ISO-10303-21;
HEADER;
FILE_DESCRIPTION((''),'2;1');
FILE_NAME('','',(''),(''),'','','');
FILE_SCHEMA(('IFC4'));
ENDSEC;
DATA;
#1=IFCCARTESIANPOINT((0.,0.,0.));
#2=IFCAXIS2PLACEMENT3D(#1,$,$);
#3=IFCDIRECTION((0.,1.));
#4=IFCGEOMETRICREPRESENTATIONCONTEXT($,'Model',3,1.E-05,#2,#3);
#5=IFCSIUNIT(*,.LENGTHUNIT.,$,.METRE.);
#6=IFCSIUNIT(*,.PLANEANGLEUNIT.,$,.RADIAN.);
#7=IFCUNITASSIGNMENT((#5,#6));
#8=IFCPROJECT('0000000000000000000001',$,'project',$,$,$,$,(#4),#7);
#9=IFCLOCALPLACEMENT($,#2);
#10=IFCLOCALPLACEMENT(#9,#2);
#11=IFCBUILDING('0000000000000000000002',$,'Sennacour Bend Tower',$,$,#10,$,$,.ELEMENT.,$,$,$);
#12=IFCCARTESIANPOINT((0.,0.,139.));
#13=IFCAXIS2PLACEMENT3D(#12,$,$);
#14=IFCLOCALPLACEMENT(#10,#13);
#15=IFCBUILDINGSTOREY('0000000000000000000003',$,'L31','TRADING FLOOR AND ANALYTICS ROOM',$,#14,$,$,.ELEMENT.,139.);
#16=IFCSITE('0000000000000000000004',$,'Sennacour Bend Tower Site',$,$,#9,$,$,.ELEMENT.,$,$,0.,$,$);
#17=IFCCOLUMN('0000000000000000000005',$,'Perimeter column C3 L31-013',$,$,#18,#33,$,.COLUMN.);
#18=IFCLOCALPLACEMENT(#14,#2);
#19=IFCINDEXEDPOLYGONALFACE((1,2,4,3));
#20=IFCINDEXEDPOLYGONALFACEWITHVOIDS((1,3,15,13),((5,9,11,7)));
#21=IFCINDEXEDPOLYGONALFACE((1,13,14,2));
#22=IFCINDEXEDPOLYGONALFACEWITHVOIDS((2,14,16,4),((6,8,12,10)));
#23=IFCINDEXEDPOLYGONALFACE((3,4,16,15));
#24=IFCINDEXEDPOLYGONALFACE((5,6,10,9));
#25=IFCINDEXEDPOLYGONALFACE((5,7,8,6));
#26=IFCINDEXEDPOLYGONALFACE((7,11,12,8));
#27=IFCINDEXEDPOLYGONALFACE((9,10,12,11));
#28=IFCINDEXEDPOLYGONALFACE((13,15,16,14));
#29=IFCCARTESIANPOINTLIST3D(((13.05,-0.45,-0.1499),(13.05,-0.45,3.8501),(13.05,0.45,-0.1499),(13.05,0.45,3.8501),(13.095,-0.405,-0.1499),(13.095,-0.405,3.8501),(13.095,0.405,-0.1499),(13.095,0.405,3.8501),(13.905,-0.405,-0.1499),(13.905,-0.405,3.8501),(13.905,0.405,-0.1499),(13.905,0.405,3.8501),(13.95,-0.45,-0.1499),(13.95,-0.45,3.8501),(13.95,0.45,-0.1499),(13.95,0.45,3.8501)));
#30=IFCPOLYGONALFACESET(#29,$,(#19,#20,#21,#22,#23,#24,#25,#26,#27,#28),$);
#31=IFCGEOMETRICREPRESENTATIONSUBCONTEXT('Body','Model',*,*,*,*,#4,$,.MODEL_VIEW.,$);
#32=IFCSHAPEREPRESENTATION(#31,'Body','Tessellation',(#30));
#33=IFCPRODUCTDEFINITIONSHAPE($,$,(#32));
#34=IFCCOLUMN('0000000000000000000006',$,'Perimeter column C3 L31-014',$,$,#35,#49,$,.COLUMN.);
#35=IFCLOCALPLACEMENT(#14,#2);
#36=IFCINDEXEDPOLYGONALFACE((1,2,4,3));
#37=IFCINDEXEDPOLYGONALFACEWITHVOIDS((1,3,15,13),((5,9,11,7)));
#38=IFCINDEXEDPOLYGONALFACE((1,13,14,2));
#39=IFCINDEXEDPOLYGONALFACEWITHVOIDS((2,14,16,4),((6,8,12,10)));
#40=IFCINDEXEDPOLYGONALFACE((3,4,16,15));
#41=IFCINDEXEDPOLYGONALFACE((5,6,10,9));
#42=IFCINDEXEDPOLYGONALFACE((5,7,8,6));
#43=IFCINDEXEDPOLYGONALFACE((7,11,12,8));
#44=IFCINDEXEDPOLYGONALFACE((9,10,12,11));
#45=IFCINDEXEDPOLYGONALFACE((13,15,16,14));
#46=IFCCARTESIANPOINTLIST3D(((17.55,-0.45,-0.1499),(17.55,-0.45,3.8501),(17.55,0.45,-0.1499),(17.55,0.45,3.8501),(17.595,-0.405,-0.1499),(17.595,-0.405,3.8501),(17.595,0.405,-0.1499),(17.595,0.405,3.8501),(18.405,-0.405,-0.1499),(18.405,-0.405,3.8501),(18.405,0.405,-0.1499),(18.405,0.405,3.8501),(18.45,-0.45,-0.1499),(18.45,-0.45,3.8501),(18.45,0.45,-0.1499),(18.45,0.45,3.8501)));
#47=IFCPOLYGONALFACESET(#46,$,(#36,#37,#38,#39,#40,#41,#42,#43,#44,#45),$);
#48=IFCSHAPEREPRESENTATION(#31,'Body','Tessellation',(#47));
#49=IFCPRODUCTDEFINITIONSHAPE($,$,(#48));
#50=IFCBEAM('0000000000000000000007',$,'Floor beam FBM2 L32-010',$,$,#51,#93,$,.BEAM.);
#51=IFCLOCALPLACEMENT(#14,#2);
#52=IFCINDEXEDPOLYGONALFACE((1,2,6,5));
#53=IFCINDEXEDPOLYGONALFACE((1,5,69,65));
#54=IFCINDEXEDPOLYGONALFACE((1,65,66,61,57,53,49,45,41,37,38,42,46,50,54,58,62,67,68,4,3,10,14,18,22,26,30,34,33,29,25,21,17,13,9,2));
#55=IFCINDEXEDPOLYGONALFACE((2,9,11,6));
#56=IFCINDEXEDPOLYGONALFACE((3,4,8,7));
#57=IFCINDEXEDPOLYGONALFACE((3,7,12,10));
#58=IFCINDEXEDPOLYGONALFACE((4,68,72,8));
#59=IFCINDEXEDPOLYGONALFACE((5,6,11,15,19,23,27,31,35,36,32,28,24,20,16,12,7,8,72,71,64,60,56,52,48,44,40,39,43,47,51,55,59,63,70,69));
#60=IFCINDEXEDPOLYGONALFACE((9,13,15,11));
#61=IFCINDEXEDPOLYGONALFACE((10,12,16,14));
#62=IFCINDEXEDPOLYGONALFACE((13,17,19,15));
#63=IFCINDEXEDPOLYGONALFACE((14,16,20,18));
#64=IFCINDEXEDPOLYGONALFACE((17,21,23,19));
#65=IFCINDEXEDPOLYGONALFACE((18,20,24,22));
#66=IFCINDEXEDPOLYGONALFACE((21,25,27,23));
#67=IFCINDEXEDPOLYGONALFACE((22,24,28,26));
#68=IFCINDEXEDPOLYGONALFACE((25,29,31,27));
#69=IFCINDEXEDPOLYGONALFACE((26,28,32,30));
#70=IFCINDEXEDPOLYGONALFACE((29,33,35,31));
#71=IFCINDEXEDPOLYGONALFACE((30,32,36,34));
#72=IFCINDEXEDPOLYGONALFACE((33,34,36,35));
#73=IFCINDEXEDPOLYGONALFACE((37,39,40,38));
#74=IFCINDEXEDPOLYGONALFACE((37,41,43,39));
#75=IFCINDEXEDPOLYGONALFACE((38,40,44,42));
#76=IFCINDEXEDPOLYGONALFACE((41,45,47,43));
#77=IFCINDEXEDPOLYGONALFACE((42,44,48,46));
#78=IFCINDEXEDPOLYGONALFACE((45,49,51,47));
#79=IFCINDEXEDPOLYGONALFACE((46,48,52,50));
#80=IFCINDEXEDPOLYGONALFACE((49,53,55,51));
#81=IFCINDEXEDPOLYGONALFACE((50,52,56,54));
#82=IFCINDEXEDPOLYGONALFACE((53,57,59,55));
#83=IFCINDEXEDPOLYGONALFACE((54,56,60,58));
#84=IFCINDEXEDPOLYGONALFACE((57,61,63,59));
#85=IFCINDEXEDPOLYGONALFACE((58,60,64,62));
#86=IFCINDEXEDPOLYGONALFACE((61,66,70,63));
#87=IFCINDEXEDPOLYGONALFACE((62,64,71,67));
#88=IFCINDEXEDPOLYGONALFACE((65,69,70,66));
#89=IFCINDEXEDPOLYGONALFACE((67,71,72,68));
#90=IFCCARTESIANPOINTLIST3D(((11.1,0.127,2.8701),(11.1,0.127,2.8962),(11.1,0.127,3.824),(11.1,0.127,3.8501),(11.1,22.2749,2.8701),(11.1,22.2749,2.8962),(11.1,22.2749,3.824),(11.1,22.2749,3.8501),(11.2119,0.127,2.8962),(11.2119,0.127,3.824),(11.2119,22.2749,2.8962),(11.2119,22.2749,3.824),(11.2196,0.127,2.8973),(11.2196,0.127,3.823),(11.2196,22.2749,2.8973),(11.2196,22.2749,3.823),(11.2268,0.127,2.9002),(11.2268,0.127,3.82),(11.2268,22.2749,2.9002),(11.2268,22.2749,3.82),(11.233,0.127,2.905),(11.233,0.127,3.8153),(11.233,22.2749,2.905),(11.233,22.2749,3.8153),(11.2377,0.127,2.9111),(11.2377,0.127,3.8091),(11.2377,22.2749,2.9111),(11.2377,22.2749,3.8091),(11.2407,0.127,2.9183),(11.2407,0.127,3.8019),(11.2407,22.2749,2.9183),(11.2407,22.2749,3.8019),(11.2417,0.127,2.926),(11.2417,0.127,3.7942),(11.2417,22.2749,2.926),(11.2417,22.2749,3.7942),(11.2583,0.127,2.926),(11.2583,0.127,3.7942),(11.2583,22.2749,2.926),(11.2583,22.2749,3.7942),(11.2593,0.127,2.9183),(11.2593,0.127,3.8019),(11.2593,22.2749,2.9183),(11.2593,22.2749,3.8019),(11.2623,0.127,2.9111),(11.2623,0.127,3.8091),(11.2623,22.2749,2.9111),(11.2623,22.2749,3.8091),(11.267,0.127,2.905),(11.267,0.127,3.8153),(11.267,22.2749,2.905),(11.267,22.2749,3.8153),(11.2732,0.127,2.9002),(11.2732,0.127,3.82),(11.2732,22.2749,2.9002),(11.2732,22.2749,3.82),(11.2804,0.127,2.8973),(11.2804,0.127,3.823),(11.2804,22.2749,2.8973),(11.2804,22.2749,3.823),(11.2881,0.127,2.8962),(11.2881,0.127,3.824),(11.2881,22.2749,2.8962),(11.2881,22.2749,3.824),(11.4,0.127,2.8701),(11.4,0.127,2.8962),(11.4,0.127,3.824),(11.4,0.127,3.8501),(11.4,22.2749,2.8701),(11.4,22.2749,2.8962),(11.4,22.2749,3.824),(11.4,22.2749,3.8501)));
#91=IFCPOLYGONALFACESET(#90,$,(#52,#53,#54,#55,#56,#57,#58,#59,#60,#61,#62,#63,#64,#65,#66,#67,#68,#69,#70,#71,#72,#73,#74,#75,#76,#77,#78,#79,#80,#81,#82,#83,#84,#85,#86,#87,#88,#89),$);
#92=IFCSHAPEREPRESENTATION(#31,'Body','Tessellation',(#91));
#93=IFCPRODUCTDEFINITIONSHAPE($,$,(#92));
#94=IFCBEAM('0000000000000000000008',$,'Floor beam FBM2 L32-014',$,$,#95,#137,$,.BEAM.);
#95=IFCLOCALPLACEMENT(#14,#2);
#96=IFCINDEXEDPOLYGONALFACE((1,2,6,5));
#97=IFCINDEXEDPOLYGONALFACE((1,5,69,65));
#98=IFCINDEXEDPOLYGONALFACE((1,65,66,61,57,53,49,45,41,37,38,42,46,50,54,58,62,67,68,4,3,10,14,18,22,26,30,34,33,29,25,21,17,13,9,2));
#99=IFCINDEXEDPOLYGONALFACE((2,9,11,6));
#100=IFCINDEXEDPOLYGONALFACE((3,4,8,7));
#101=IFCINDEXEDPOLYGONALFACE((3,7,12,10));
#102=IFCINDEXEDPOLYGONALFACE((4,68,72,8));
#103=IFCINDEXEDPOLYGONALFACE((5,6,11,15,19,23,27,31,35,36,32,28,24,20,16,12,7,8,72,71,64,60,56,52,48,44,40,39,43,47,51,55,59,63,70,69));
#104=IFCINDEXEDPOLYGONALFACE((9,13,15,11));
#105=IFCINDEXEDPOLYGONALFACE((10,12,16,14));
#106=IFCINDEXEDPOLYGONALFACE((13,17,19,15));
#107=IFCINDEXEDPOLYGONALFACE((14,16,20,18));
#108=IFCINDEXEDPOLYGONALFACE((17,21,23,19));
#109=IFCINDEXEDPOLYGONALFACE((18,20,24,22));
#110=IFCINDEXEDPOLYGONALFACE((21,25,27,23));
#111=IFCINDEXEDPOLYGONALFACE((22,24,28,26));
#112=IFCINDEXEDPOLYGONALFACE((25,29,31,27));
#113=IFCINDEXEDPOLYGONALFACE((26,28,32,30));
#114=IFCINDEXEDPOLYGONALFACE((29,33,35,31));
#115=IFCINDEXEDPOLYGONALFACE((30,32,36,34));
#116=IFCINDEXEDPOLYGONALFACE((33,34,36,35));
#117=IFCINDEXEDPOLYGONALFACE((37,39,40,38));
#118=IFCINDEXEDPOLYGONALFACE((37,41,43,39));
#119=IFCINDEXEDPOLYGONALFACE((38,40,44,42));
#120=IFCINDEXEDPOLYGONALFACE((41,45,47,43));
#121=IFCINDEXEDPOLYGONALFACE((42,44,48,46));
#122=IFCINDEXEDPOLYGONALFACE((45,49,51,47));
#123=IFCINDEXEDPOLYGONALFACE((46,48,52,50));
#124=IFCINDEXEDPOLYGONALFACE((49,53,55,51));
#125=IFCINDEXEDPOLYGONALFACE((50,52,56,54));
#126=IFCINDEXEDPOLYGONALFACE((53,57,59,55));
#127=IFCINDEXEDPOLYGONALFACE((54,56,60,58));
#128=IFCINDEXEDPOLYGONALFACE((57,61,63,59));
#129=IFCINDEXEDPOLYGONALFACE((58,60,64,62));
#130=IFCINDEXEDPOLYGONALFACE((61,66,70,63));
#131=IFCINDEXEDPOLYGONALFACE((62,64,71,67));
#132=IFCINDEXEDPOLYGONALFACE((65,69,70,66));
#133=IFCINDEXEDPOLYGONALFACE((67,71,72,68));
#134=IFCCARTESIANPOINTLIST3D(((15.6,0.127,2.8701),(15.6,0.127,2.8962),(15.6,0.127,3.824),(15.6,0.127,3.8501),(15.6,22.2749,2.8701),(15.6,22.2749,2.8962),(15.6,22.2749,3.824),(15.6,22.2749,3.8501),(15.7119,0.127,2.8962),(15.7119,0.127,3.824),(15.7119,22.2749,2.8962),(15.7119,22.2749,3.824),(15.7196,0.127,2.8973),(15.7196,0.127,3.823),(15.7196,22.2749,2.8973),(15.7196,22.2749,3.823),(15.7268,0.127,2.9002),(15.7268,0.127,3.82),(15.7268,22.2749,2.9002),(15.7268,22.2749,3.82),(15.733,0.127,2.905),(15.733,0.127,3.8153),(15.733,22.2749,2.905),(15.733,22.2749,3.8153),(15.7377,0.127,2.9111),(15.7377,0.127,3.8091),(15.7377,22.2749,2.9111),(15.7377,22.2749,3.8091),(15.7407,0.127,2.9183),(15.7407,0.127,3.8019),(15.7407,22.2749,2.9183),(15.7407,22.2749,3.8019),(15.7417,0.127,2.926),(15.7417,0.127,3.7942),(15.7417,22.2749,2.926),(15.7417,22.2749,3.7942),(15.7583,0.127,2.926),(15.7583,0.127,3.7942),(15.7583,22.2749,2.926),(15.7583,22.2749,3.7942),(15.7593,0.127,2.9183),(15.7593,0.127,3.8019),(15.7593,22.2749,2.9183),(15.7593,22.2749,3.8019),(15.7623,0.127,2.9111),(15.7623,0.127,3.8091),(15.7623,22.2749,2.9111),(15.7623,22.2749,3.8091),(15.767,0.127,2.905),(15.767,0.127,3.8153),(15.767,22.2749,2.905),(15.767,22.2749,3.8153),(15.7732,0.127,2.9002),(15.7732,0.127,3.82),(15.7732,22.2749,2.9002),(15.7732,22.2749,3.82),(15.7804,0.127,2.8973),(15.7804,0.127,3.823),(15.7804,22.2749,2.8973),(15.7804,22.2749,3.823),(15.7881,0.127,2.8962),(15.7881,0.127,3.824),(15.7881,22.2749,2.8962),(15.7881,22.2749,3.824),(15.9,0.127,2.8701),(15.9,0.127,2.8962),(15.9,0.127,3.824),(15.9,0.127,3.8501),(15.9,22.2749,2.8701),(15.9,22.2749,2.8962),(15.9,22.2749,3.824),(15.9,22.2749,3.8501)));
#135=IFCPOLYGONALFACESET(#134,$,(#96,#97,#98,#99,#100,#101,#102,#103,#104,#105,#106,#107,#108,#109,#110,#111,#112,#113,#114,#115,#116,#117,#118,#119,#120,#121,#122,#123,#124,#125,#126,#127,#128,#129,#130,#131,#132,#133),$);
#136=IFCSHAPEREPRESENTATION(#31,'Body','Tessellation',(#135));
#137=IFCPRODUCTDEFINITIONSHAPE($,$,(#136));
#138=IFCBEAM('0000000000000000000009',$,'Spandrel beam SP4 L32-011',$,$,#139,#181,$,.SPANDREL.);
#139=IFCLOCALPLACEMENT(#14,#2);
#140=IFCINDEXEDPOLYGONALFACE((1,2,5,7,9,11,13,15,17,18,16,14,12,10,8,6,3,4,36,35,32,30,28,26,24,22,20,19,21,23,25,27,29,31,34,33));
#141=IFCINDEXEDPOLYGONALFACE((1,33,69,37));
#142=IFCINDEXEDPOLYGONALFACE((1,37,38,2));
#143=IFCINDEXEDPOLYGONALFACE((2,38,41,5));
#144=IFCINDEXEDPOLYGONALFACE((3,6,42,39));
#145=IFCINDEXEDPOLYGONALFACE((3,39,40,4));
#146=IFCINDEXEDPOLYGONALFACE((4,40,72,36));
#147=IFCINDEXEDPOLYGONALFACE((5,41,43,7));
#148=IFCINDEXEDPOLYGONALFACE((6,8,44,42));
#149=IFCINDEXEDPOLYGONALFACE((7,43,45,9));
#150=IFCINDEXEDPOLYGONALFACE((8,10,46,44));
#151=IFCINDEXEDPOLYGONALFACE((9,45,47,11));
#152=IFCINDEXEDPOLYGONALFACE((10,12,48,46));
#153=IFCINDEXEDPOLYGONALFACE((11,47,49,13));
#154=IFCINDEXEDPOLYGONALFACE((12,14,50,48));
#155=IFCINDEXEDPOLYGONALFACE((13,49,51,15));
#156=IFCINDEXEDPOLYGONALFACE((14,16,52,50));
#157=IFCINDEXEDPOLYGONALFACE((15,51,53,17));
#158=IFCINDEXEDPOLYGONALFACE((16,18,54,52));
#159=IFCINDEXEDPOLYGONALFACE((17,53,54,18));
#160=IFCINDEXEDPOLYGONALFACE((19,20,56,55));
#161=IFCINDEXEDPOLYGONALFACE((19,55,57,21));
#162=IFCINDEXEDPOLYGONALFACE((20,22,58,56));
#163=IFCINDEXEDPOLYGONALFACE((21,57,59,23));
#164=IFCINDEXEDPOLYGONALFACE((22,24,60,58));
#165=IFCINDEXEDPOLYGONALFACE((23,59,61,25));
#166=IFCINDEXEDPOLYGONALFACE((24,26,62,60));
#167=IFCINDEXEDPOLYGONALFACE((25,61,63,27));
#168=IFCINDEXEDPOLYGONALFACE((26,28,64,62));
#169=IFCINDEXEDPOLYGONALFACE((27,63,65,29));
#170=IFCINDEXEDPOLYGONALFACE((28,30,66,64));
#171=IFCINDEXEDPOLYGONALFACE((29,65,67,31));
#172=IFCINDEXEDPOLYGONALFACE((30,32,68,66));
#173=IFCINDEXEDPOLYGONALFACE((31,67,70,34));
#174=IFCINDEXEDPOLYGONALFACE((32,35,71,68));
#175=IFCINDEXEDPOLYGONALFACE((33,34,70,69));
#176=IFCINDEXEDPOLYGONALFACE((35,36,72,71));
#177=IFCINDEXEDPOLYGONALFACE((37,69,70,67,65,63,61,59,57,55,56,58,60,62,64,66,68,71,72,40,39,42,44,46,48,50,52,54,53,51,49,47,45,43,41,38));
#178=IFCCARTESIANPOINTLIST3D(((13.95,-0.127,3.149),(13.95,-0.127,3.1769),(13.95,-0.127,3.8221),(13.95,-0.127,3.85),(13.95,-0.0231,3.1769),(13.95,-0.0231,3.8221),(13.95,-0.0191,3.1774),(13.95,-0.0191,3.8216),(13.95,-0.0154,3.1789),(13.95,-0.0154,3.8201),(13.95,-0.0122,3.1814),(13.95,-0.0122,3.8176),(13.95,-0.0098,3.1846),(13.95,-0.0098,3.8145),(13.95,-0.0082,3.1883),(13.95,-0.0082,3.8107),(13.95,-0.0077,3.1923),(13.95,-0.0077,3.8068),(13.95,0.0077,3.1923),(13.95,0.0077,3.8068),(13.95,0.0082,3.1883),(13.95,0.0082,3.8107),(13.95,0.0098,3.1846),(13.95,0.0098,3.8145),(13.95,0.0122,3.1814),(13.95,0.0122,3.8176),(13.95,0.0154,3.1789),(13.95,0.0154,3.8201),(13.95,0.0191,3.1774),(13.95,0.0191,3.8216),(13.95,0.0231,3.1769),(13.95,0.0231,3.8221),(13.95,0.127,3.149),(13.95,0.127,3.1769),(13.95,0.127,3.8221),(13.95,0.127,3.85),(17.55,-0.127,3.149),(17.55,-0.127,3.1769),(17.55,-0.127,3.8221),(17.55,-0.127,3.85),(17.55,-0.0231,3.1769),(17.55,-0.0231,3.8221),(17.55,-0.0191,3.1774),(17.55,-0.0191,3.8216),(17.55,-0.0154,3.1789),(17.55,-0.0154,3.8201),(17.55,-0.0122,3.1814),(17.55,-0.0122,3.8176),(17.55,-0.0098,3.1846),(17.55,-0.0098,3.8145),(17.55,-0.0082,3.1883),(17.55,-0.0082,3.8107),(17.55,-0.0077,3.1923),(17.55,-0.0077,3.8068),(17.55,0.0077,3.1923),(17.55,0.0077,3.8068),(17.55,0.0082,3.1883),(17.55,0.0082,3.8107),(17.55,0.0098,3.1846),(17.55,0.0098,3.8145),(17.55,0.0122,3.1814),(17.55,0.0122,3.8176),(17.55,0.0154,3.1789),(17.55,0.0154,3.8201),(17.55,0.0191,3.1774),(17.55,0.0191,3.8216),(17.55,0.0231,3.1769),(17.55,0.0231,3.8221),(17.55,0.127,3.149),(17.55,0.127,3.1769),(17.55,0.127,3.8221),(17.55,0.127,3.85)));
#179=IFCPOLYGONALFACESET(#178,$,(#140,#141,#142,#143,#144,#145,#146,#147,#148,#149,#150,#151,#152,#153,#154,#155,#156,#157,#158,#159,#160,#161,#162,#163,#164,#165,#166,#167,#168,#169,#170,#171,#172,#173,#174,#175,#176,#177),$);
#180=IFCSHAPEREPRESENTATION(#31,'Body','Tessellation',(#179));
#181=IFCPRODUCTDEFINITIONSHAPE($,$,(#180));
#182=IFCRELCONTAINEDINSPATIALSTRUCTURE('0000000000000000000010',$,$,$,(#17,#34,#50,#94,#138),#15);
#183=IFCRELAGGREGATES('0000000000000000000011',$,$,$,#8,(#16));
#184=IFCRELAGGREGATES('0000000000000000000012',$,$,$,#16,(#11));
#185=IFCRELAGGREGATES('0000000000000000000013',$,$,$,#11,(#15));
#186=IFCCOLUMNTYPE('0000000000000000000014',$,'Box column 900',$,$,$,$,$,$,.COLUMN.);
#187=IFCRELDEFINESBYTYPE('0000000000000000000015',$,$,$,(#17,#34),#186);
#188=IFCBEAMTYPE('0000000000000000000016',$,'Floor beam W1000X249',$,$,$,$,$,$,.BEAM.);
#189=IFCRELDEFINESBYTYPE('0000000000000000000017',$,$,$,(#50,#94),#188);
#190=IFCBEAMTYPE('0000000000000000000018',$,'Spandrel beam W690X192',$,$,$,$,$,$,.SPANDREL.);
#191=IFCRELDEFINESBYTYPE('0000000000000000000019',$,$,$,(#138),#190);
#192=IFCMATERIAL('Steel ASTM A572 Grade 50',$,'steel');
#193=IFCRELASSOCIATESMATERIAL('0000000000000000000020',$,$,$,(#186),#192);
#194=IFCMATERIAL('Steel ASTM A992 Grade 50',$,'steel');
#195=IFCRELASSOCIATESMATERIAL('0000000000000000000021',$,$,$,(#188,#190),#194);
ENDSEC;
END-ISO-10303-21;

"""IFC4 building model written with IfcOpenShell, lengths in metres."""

from ifc_helpers import new_model, si_unit, direction, frame, origin, origin_2d, place, context, subcontext, project, spatial, hollow_rectangle, i_section, extrude, material, material_profile, profile_set, type_object, element, save


model = new_model("IFC4")

# Units and contexts
model_context = context("Model", 3, precision=1e-05, world=origin(), true_north=direction((0.0, 1.0)))
body_context = subcontext(model_context, "Body", "Model", "MODEL_VIEW")
ifc_project = project(units=[si_unit("LENGTHUNIT", "METRE"), si_unit("PLANEANGLEUNIT", "RADIAN")], contexts=[model_context])

# Site, building, storey
site_placement = place(None, origin())
site = spatial("IfcSite", under=ifc_project, at=site_placement, Name="Sennacour Bend Tower Site", CompositionType="ELEMENT", RefElevation=0.0)
building_placement = place(site_placement, origin())
building = spatial("IfcBuilding", under=site, at=building_placement, Name="Sennacour Bend Tower", CompositionType="ELEMENT")
storey_placement = place(building_placement, frame((0.0, 0.0, 139.0)))
storey = spatial("IfcBuildingStorey", under=building, at=storey_placement, Name="L31", Description="TRADING FLOOR AND ANALYTICS ROOM", CompositionType="ELEMENT", Elevation=139.0)

# Columns
ifc_material_1 = material(Name="Steel ASTM A572 Grade 50", Category="steel")
ifc_material_profile_1 = material_profile(ifc_material_1, hollow_rectangle(XDim=0.8999, YDim=0.8999, WallThickness=0.0449, at=origin_2d()), Name="Steel ASTM A572 Grade 50", Category="steel")
ifc_profile_set_1 = profile_set([ifc_material_profile_1], Name="Steel ASTM A572 Grade 50")
column_type = type_object("IfcColumnType", Name="Box column 900", PredefinedType="COLUMN", material=ifc_profile_set_1)
for number, where, z_axis, x_axis, name in (
    (1, (13.5, 0.0, -0.1499), (0.0, 0.0, 1.0), (1.0, 0.0, 0.0), "Perimeter column C3 L31-013"),
    (2, (18.0, 0.0, -0.1499), (0.0, 0.0, 1.0), (1.0, 0.0, 0.0), "Perimeter column C3 L31-014"),
):
    element("IfcColumn", number, at=place(storey_placement, frame(where, z_axis=z_axis, x_axis=x_axis)), inside=storey, type_object=column_type, Name=name, PredefinedType="COLUMN", context=body_context, shape_type="SweptSolid", body=[
        extrude(hollow_rectangle(XDim=0.8999, YDim=0.8999, WallThickness=0.0449, at=origin_2d()), origin(), (0.0, 0.0, 1.0), 4.0),
    ])

# Beams
ifc_material_2 = material(Name="Steel ASTM A992 Grade 50", Category="steel")
ifc_material_profile_2 = material_profile(ifc_material_2, i_section(OverallWidth=0.3, OverallDepth=0.98, WebThickness=0.0166, FlangeThickness=0.0261, FilletRadius=0.0298, at=origin_2d()), Name="Steel ASTM A992 Grade 50", Category="steel")
ifc_profile_set_2 = profile_set([ifc_material_profile_2], Name="Steel ASTM A992 Grade 50")
beam_type_1 = type_object("IfcBeamType", Name="Floor beam W1000X249", PredefinedType="BEAM", material=ifc_profile_set_2)
for number, where, z_axis, x_axis, name in (
    (3, (11.25, 0.127, 3.3601), (0.0, 1.0, 0.0), (-1.0, 0.0, 0.0), "Floor beam FBM2 L32-010"),
    (4, (15.75, 0.127, 3.3601), (0.0, 1.0, 0.0), (-1.0, 0.0, 0.0), "Floor beam FBM2 L32-014"),
):
    element("IfcBeam", number, at=place(storey_placement, frame(where, z_axis=z_axis, x_axis=x_axis)), inside=storey, type_object=beam_type_1, Name=name, PredefinedType="BEAM", context=body_context, shape_type="SweptSolid", body=[
        extrude(i_section(OverallWidth=0.3, OverallDepth=0.98, WebThickness=0.0166, FlangeThickness=0.0261, FilletRadius=0.0298, at=origin_2d()), origin(), (0.0, 0.0, 1.0), 22.1479),
    ])
ifc_material_profile_3 = material_profile(ifc_material_2, i_section(OverallWidth=0.2539, OverallDepth=0.7009, WebThickness=0.0154, FlangeThickness=0.0278, FilletRadius=0.0154, at=origin_2d()), Name="Steel ASTM A992 Grade 50", Category="steel")
ifc_profile_set_3 = profile_set([ifc_material_profile_3], Name="Steel ASTM A992 Grade 50")
beam_type_2 = type_object("IfcBeamType", Name="Spandrel beam W690X192", PredefinedType="SPANDREL", material=ifc_profile_set_3)
for number, where, z_axis, x_axis, name in (
    (5, (17.55, 0.0, 3.4995), (-1.0, 0.0, 0.0), (0.0, -1.0, 0.0), "Spandrel beam SP4 L32-011"),
):
    element("IfcBeam", number, at=place(storey_placement, frame(where, z_axis=z_axis, x_axis=x_axis)), inside=storey, type_object=beam_type_2, Name=name, PredefinedType="SPANDREL", context=body_context, shape_type="SweptSolid", body=[
        extrude(i_section(OverallWidth=0.2539, OverallDepth=0.7009, WebThickness=0.0154, FlangeThickness=0.0278, FilletRadius=0.0154, at=origin_2d()), origin(), (0.0, 0.0, 1.0), 3.6001),
    ])

save(model, "model.ifc")
